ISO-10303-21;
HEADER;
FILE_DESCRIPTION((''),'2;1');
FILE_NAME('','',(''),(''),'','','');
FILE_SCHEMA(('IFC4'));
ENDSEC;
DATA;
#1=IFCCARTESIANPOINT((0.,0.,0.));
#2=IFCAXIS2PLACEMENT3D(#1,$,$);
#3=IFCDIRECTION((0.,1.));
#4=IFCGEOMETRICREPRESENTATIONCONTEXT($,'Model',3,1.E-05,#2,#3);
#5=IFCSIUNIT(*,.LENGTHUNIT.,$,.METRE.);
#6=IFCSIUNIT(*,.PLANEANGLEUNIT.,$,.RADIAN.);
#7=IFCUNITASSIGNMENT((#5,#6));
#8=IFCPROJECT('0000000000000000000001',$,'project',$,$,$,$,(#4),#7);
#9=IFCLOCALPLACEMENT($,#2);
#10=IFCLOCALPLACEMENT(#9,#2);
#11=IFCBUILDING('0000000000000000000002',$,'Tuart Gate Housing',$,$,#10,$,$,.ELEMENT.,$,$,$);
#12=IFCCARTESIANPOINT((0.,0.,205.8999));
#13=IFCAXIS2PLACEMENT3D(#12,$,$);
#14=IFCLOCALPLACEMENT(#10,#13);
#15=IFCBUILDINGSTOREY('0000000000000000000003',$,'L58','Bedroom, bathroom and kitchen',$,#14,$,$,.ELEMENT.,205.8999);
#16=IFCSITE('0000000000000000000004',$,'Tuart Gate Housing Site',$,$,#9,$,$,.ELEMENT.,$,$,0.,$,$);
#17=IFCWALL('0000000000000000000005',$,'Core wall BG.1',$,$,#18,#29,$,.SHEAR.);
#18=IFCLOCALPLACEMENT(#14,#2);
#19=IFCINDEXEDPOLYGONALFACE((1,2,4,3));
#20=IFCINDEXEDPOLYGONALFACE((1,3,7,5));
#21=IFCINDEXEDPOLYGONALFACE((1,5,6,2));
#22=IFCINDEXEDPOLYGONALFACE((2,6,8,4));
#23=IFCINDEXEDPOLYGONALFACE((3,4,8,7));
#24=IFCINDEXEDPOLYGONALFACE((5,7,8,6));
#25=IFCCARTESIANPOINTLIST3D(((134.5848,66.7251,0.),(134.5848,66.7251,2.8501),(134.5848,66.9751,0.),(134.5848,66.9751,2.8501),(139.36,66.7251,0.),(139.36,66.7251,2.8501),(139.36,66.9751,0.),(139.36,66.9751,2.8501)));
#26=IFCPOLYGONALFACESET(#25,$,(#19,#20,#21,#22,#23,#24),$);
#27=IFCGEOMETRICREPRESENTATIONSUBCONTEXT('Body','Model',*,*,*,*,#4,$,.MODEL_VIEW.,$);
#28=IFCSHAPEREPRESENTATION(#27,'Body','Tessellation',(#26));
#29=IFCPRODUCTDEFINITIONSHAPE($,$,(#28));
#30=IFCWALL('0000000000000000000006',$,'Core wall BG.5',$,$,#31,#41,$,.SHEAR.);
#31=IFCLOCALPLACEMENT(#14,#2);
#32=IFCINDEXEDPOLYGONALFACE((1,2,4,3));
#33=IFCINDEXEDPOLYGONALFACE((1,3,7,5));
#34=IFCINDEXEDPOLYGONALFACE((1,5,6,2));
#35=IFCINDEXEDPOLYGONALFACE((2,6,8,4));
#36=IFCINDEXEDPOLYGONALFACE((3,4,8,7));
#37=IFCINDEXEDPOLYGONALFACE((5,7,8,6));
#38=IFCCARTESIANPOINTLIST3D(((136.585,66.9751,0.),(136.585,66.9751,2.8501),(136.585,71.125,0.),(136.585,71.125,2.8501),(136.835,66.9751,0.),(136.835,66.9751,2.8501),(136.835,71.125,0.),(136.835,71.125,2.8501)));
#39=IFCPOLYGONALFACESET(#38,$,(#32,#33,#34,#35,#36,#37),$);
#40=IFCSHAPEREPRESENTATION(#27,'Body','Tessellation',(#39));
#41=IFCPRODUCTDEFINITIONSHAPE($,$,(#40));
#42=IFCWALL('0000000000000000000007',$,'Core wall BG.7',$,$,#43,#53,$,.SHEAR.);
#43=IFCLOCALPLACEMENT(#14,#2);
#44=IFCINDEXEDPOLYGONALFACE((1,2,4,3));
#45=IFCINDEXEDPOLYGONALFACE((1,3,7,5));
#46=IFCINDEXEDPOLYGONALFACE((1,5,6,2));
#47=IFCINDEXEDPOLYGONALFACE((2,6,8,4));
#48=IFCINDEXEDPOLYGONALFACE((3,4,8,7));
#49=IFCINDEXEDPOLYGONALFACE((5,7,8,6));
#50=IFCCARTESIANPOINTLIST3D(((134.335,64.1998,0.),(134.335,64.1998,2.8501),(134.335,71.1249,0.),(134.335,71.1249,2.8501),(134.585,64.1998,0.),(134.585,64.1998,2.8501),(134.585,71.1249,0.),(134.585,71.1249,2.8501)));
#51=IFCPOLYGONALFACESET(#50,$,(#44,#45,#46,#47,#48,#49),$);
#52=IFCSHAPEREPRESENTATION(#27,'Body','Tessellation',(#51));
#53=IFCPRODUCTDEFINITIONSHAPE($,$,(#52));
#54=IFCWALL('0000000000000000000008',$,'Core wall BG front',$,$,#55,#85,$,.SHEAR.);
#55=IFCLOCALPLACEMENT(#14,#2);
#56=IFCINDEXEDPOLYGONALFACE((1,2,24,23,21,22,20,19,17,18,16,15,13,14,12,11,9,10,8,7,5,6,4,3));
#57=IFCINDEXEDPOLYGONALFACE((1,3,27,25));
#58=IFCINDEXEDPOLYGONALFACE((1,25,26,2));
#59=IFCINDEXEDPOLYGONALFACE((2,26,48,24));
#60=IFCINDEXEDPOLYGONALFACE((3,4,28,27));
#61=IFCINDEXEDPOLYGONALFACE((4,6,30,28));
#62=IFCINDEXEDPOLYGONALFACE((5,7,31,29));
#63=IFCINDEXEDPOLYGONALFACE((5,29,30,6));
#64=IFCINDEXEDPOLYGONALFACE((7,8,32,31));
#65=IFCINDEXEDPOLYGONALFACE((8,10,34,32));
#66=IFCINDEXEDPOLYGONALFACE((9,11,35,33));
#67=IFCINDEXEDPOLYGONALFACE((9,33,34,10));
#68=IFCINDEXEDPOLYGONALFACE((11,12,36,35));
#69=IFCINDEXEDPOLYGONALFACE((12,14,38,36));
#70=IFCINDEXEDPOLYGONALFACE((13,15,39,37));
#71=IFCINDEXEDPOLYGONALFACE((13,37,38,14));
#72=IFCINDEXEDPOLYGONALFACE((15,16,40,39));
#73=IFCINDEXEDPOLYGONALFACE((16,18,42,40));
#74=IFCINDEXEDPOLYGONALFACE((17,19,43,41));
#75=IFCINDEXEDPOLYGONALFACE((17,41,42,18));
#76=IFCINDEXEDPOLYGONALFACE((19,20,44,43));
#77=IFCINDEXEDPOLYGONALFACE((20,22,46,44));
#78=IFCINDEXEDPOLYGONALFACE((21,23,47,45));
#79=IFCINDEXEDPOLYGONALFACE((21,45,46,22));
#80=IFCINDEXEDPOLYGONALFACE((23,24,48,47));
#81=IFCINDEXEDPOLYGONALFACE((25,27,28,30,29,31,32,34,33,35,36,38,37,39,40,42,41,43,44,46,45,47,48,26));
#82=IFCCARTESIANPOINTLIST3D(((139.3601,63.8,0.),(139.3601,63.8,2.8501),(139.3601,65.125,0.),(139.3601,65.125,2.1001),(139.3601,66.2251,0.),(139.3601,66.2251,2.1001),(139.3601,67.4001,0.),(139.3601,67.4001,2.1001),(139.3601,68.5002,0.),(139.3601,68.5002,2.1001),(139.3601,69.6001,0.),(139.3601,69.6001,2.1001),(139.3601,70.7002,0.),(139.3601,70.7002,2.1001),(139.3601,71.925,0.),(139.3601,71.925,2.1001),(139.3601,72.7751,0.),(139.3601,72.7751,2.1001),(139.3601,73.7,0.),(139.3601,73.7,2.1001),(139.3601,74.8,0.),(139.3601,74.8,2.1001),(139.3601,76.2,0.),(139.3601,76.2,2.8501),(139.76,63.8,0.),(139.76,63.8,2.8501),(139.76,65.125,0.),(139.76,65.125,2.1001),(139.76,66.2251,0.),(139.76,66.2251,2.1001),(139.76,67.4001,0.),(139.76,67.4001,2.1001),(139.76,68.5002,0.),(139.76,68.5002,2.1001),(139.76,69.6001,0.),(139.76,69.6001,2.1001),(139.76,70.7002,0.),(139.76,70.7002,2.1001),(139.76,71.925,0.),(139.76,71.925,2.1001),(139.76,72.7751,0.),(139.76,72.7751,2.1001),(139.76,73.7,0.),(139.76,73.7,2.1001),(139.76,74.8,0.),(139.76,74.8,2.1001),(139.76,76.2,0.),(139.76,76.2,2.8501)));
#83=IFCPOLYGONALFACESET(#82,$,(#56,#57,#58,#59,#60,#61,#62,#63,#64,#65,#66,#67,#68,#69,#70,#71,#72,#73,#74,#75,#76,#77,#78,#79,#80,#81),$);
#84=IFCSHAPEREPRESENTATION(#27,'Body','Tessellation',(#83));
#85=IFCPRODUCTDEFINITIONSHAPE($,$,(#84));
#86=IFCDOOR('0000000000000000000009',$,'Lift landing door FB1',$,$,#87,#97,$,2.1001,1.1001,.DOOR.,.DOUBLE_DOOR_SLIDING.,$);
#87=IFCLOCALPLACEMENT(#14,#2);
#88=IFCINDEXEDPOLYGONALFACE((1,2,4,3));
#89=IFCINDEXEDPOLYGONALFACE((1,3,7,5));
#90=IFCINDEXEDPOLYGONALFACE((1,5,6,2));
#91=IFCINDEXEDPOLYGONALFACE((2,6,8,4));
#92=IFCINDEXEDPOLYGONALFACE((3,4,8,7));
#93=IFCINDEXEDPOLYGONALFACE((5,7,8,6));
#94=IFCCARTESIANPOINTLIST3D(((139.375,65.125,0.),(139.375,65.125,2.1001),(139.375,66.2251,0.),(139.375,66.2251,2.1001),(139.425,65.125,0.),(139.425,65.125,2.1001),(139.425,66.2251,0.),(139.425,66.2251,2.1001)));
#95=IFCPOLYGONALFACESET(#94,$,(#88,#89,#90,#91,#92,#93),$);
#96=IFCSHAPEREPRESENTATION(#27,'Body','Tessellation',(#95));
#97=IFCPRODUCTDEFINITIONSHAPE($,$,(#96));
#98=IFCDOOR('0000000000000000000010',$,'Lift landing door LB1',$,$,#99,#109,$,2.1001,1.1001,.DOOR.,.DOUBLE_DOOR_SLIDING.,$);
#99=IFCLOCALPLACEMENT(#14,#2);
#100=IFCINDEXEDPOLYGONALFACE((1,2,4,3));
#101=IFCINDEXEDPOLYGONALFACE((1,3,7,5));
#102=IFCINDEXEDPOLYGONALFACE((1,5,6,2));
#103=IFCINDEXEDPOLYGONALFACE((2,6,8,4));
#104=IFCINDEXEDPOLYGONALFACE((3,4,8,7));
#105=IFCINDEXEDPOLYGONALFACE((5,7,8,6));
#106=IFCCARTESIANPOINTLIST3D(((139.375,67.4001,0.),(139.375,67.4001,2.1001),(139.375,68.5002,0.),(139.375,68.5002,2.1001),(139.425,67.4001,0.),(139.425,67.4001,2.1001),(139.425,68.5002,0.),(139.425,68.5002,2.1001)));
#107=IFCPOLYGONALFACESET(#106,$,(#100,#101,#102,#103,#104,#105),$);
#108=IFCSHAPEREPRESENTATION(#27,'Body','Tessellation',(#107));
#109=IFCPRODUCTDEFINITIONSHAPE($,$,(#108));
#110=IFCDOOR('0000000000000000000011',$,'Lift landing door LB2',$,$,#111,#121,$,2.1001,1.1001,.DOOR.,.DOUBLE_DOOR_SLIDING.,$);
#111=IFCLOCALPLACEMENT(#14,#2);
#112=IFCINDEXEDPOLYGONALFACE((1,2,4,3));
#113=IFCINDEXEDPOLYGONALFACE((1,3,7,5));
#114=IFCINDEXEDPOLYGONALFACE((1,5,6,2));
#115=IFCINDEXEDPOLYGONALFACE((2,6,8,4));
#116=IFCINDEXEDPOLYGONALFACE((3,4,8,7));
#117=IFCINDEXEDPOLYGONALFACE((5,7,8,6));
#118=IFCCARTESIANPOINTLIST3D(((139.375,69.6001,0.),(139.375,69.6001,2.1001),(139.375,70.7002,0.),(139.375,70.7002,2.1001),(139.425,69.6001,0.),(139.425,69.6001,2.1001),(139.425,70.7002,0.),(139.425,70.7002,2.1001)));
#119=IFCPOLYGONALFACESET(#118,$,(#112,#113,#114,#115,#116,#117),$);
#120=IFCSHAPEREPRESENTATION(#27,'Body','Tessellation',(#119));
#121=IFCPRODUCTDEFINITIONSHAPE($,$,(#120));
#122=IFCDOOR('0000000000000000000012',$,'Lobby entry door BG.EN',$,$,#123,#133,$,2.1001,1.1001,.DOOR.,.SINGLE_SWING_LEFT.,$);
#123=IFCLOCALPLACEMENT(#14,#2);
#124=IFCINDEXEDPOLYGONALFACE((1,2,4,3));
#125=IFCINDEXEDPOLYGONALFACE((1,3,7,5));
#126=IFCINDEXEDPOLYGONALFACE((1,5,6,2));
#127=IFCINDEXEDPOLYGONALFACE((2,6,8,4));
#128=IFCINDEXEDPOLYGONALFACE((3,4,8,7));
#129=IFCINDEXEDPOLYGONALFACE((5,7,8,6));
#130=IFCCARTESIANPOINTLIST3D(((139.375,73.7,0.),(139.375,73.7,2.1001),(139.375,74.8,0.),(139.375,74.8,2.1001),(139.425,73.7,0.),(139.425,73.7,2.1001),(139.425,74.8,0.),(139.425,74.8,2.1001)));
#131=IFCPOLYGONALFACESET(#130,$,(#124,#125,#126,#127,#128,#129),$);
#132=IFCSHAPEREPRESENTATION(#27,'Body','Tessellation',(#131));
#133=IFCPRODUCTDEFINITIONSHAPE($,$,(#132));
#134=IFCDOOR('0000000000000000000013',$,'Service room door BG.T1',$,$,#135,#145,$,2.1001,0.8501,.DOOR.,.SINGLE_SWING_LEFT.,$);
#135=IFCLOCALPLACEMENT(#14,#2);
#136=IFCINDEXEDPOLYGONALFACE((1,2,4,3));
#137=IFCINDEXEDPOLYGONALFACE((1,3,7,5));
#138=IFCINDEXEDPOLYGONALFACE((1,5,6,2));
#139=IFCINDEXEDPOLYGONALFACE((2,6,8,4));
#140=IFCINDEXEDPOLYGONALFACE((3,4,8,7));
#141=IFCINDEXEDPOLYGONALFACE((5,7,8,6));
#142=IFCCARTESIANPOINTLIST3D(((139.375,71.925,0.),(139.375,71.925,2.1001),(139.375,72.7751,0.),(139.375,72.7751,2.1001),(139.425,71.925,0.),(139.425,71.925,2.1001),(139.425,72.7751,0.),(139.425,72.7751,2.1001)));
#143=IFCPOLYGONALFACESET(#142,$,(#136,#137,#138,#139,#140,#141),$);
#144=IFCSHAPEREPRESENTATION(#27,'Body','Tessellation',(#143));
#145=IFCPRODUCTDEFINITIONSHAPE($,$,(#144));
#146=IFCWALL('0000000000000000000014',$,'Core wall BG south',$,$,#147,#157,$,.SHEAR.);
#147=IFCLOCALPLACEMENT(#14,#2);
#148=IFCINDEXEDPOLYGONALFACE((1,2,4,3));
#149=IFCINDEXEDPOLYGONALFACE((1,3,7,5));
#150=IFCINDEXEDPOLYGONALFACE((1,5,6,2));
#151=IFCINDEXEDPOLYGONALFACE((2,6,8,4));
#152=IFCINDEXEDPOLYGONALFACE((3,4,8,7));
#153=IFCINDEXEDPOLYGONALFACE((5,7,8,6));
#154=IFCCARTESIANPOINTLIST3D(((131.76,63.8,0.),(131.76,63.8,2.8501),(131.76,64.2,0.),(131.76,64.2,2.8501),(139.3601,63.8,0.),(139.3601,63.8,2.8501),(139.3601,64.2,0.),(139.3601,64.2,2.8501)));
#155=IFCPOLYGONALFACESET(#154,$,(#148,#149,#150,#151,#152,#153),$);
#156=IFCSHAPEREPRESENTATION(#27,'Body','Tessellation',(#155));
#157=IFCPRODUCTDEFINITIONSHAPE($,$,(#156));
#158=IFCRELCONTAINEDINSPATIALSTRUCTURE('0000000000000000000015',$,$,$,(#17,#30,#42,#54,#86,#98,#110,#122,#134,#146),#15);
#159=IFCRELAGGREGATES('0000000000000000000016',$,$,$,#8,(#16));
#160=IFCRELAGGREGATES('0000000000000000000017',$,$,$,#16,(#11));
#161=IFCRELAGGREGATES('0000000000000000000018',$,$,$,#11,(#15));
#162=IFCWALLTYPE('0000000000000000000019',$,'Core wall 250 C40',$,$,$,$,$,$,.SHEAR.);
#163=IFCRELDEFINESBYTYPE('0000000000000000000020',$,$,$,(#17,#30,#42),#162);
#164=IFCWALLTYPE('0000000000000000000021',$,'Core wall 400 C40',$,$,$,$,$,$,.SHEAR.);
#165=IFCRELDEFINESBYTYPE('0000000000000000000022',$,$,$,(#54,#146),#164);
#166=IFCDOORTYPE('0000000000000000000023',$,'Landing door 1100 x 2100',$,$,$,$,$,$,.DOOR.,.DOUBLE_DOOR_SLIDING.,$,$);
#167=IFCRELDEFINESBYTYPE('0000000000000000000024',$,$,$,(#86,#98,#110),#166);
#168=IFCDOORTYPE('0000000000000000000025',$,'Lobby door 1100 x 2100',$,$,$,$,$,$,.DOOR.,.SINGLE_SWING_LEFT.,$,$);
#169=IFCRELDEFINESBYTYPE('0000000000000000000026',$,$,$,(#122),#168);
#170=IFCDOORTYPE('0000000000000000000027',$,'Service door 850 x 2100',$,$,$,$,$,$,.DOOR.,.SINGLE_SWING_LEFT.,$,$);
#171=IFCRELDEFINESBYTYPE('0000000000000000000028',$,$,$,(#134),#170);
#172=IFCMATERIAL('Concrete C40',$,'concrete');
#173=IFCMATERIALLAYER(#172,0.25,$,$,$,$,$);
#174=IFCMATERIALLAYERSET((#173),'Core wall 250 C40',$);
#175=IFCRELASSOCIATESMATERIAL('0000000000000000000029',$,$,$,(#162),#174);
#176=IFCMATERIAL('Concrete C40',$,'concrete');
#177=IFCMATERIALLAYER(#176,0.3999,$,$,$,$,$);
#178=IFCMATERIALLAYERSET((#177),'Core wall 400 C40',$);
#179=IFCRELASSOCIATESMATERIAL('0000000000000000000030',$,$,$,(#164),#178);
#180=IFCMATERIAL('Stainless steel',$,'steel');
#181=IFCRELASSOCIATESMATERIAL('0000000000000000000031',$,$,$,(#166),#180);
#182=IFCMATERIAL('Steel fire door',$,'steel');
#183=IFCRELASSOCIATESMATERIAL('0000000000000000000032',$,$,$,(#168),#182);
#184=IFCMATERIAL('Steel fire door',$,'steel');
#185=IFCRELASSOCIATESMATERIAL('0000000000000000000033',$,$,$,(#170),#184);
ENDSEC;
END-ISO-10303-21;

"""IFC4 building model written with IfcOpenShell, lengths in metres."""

from ifc_helpers import new_model, si_unit, direction, frame, frame_2d, origin, place, context, subcontext, project, spatial, rectangle, extrude, material, layer, layer_set, type_object, element, fill, save


model = new_model("IFC4")

# Units and contexts
model_context = context("Model", 3, precision=1e-05, world=origin(), true_north=direction((0.0, 1.0)))
body_context = subcontext(model_context, "Body", "Model", "MODEL_VIEW")
ifc_project = project(units=[si_unit("LENGTHUNIT", "METRE"), si_unit("PLANEANGLEUNIT", "RADIAN")], contexts=[model_context])

# Site, building, storey
site_placement = place(None, origin())
site = spatial("IfcSite", under=ifc_project, at=site_placement, Name="Tuart Gate Housing Site", CompositionType="ELEMENT", RefElevation=0.0)
building_placement = place(site_placement, origin())
building = spatial("IfcBuilding", under=site, at=building_placement, Name="Tuart Gate Housing", CompositionType="ELEMENT")
storey_placement = place(building_placement, frame((0.0, 0.0, 205.8999)))
storey = spatial("IfcBuildingStorey", under=building, at=storey_placement, Name="L58", Description="Bedroom, bathroom and kitchen", CompositionType="ELEMENT", Elevation=205.8999)

# Walls
ifc_material_1 = material(Name="Concrete C40", Category="concrete")
ifc_layer_1 = layer(ifc_material_1, 0.25)
ifc_layer_set_1 = layer_set([ifc_layer_1], Name="Core wall 250 C40")
wall_type_1 = type_object("IfcWallType", Name="Core wall 250 C40", PredefinedType="SHEAR", material=ifc_layer_set_1)
wall_1_placement = place(storey_placement, frame((139.3601, 66.8501, 0.0), z_axis=(0.0, 0.0, 1.0), x_axis=(-1.0, 0.0, 0.0)))
element("IfcWall", 1, at=wall_1_placement, inside=storey, type_object=wall_type_1, Name="Core wall BG.1", PredefinedType="SHEAR", context=body_context, shape_type="SweptSolid", body=[
    extrude(rectangle(XDim=4.7751, YDim=0.25, at=frame_2d((2.3877, 0.0))), origin(), (0.0, 0.0, 1.0), 2.8501),
])
wall_2_placement = place(storey_placement, frame((136.71, 66.9751, 0.0), z_axis=(0.0, 0.0, 1.0), x_axis=(0.0, 1.0, 0.0)))
element("IfcWall", 2, at=wall_2_placement, inside=storey, type_object=wall_type_1, Name="Core wall BG.5", PredefinedType="SHEAR", context=body_context, shape_type="SweptSolid", body=[
    extrude(rectangle(XDim=4.1499, YDim=0.25, at=frame_2d((2.075, 0.0))), origin(), (0.0, 0.0, 1.0), 2.8501),
])
wall_3_placement = place(storey_placement, frame((134.46, 64.2, 0.0), z_axis=(0.0, 0.0, 1.0), x_axis=(0.0, 1.0, 0.0)))
element("IfcWall", 3, at=wall_3_placement, inside=storey, type_object=wall_type_1, Name="Core wall BG.7", PredefinedType="SHEAR", context=body_context, shape_type="SweptSolid", body=[
    extrude(rectangle(XDim=6.925, YDim=0.25, at=frame_2d((3.4624, 0.0))), origin(), (0.0, 0.0, 1.0), 2.8501),
])

# Wall, openings, doors
ifc_material_2 = material(Name="Concrete C40", Category="concrete")
ifc_layer_2 = layer(ifc_material_2, 0.3999)
ifc_layer_set_2 = layer_set([ifc_layer_2], Name="Core wall 400 C40")
wall_type_2 = type_object("IfcWallType", Name="Core wall 400 C40", PredefinedType="SHEAR", material=ifc_layer_set_2)
wall_4_placement = place(storey_placement, frame((139.5601, 63.8, 0.0), z_axis=(0.0, 0.0, 1.0), x_axis=(0.0, 1.0, 0.0)))
wall_4 = element("IfcWall", 4, at=wall_4_placement, inside=storey, type_object=wall_type_2, Name="Core wall BG front", PredefinedType="SHEAR", context=body_context, shape_type="SweptSolid", body=[
    extrude(rectangle(XDim=12.3999, YDim=0.3999, at=frame_2d((6.2, 0.0))), origin(), (0.0, 0.0, 1.0), 2.8501),
])
opening_1_placement = place(wall_4_placement, frame((1.325, 0.0, 0.0)))
opening_1 = element("IfcOpeningElement", 5, at=opening_1_placement, cuts=wall_4, PredefinedType="OPENING", context=body_context, shape_type="SweptSolid", body=[
    extrude(rectangle(XDim=1.1001, YDim=2.1001, at=frame_2d((0.55, 1.05))), frame((0.0, 0.21, 0.0), z_axis=(0.0, -1.0, 0.0), x_axis=(1.0, 0.0, 0.0)), (0.0, 0.0, 1.0), 0.4199),
])
opening_2_placement = place(wall_4_placement, frame((3.6001, 0.0, 0.0)))
opening_2 = element("IfcOpeningElement", 6, at=opening_2_placement, cuts=wall_4, PredefinedType="OPENING", context=body_context, shape_type="SweptSolid", body=[
    extrude(rectangle(XDim=1.1001, YDim=2.1001, at=frame_2d((0.55, 1.05))), frame((0.0, 0.21, 0.0), z_axis=(0.0, -1.0, 0.0), x_axis=(1.0, 0.0, 0.0)), (0.0, 0.0, 1.0), 0.4199),
])
opening_3_placement = place(wall_4_placement, frame((5.8, 0.0, 0.0)))
opening_3 = element("IfcOpeningElement", 7, at=opening_3_placement, cuts=wall_4, PredefinedType="OPENING", context=body_context, shape_type="SweptSolid", body=[
    extrude(rectangle(XDim=1.1001, YDim=2.1001, at=frame_2d((0.55, 1.05))), frame((0.0, 0.21, 0.0), z_axis=(0.0, -1.0, 0.0), x_axis=(1.0, 0.0, 0.0)), (0.0, 0.0, 1.0), 0.4199),
])
opening_4_placement = place(wall_4_placement, frame((9.8999, 0.0, 0.0)))
opening_4 = element("IfcOpeningElement", 8, at=opening_4_placement, cuts=wall_4, PredefinedType="OPENING", context=body_context, shape_type="SweptSolid", body=[
    extrude(rectangle(XDim=1.1001, YDim=2.1001, at=frame_2d((0.55, 1.05))), frame((0.0, 0.21, 0.0), z_axis=(0.0, -1.0, 0.0), x_axis=(1.0, 0.0, 0.0)), (0.0, 0.0, 1.0), 0.4199),
])
opening_5_placement = place(wall_4_placement, frame((8.125, 0.0, 0.0)))
opening_5 = element("IfcOpeningElement", 9, at=opening_5_placement, cuts=wall_4, PredefinedType="OPENING", context=body_context, shape_type="SweptSolid", body=[
    extrude(rectangle(XDim=0.8501, YDim=2.1001, at=frame_2d((0.425, 1.05))), frame((0.0, 0.21, 0.0), z_axis=(0.0, -1.0, 0.0), x_axis=(1.0, 0.0, 0.0)), (0.0, 0.0, 1.0), 0.4199),
])
ifc_material_3 = material(Name="Stainless steel", Category="steel")
door_type_1 = type_object("IfcDoorType", Name="Landing door 1100 x 2100", OperationType="DOUBLE_DOOR_SLIDING", PredefinedType="DOOR", material=ifc_material_3)
door_1_placement = place(opening_1_placement, origin())
door_1 = element("IfcDoor", 10, at=door_1_placement, inside=storey, type_object=door_type_1, Name="Lift landing door FB1", OperationType="DOUBLE_DOOR_SLIDING", OverallHeight=2.1001, OverallWidth=1.1001, PredefinedType="DOOR", context=body_context, shape_type="SweptSolid", body=[
    extrude(rectangle(XDim=1.1001, YDim=2.1001, at=frame_2d((0.55, 1.05))), frame((0.0, 0.1851, 0.0), z_axis=(0.0, -1.0, 0.0), x_axis=(1.0, 0.0, 0.0)), (0.0, 0.0, 1.0), 0.05),
])
fill(opening_1, door_1)
door_2_placement = place(opening_2_placement, origin())
door_2 = element("IfcDoor", 11, at=door_2_placement, inside=storey, type_object=door_type_1, Name="Lift landing door LB1", OperationType="DOUBLE_DOOR_SLIDING", OverallHeight=2.1001, OverallWidth=1.1001, PredefinedType="DOOR", context=body_context, shape_type="SweptSolid", body=[
    extrude(rectangle(XDim=1.1001, YDim=2.1001, at=frame_2d((0.55, 1.05))), frame((0.0, 0.1851, 0.0), z_axis=(0.0, -1.0, 0.0), x_axis=(1.0, 0.0, 0.0)), (0.0, 0.0, 1.0), 0.05),
])
fill(opening_2, door_2)
door_3_placement = place(opening_3_placement, origin())
door_3 = element("IfcDoor", 12, at=door_3_placement, inside=storey, type_object=door_type_1, Name="Lift landing door LB2", OperationType="DOUBLE_DOOR_SLIDING", OverallHeight=2.1001, OverallWidth=1.1001, PredefinedType="DOOR", context=body_context, shape_type="SweptSolid", body=[
    extrude(rectangle(XDim=1.1001, YDim=2.1001, at=frame_2d((0.55, 1.05))), frame((0.0, 0.1851, 0.0), z_axis=(0.0, -1.0, 0.0), x_axis=(1.0, 0.0, 0.0)), (0.0, 0.0, 1.0), 0.05),
])
fill(opening_3, door_3)
ifc_material_4 = material(Name="Steel fire door", Category="steel")
door_type_2 = type_object("IfcDoorType", Name="Lobby door 1100 x 2100", OperationType="SINGLE_SWING_LEFT", PredefinedType="DOOR", material=ifc_material_4)
door_4_placement = place(opening_4_placement, origin())
door_4 = element("IfcDoor", 13, at=door_4_placement, inside=storey, type_object=door_type_2, Name="Lobby entry door BG.EN", OperationType="SINGLE_SWING_LEFT", OverallHeight=2.1001, OverallWidth=1.1001, PredefinedType="DOOR", context=body_context, shape_type="SweptSolid", body=[
    extrude(rectangle(XDim=1.1001, YDim=2.1001, at=frame_2d((0.55, 1.05))), frame((0.0, 0.1851, 0.0), z_axis=(0.0, -1.0, 0.0), x_axis=(1.0, 0.0, 0.0)), (0.0, 0.0, 1.0), 0.05),
])
fill(opening_4, door_4)
ifc_material_5 = material(Name="Steel fire door", Category="steel")
door_type_3 = type_object("IfcDoorType", Name="Service door 850 x 2100", OperationType="SINGLE_SWING_LEFT", PredefinedType="DOOR", material=ifc_material_5)
door_5_placement = place(opening_5_placement, origin())
door_5 = element("IfcDoor", 14, at=door_5_placement, inside=storey, type_object=door_type_3, Name="Service room door BG.T1", OperationType="SINGLE_SWING_LEFT", OverallHeight=2.1001, OverallWidth=0.8501, PredefinedType="DOOR", context=body_context, shape_type="SweptSolid", body=[
    extrude(rectangle(XDim=0.8501, YDim=2.1001, at=frame_2d((0.425, 1.05))), frame((0.0, 0.1851, 0.0), z_axis=(0.0, -1.0, 0.0), x_axis=(1.0, 0.0, 0.0)), (0.0, 0.0, 1.0), 0.05),
])
fill(opening_5, door_5)

# Wall
wall_5_placement = place(storey_placement, frame((139.3601, 64.0, 0.0), z_axis=(0.0, 0.0, 1.0), x_axis=(-1.0, 0.0, 0.0)))
element("IfcWall", 15, at=wall_5_placement, inside=storey, type_object=wall_type_2, Name="Core wall BG south", PredefinedType="SHEAR", context=body_context, shape_type="SweptSolid", body=[
    extrude(rectangle(XDim=7.6001, YDim=0.3999, at=frame_2d((3.8, 0.0))), origin(), (0.0, 0.0, 1.0), 2.8501),
])

save(model, "model.ifc")
